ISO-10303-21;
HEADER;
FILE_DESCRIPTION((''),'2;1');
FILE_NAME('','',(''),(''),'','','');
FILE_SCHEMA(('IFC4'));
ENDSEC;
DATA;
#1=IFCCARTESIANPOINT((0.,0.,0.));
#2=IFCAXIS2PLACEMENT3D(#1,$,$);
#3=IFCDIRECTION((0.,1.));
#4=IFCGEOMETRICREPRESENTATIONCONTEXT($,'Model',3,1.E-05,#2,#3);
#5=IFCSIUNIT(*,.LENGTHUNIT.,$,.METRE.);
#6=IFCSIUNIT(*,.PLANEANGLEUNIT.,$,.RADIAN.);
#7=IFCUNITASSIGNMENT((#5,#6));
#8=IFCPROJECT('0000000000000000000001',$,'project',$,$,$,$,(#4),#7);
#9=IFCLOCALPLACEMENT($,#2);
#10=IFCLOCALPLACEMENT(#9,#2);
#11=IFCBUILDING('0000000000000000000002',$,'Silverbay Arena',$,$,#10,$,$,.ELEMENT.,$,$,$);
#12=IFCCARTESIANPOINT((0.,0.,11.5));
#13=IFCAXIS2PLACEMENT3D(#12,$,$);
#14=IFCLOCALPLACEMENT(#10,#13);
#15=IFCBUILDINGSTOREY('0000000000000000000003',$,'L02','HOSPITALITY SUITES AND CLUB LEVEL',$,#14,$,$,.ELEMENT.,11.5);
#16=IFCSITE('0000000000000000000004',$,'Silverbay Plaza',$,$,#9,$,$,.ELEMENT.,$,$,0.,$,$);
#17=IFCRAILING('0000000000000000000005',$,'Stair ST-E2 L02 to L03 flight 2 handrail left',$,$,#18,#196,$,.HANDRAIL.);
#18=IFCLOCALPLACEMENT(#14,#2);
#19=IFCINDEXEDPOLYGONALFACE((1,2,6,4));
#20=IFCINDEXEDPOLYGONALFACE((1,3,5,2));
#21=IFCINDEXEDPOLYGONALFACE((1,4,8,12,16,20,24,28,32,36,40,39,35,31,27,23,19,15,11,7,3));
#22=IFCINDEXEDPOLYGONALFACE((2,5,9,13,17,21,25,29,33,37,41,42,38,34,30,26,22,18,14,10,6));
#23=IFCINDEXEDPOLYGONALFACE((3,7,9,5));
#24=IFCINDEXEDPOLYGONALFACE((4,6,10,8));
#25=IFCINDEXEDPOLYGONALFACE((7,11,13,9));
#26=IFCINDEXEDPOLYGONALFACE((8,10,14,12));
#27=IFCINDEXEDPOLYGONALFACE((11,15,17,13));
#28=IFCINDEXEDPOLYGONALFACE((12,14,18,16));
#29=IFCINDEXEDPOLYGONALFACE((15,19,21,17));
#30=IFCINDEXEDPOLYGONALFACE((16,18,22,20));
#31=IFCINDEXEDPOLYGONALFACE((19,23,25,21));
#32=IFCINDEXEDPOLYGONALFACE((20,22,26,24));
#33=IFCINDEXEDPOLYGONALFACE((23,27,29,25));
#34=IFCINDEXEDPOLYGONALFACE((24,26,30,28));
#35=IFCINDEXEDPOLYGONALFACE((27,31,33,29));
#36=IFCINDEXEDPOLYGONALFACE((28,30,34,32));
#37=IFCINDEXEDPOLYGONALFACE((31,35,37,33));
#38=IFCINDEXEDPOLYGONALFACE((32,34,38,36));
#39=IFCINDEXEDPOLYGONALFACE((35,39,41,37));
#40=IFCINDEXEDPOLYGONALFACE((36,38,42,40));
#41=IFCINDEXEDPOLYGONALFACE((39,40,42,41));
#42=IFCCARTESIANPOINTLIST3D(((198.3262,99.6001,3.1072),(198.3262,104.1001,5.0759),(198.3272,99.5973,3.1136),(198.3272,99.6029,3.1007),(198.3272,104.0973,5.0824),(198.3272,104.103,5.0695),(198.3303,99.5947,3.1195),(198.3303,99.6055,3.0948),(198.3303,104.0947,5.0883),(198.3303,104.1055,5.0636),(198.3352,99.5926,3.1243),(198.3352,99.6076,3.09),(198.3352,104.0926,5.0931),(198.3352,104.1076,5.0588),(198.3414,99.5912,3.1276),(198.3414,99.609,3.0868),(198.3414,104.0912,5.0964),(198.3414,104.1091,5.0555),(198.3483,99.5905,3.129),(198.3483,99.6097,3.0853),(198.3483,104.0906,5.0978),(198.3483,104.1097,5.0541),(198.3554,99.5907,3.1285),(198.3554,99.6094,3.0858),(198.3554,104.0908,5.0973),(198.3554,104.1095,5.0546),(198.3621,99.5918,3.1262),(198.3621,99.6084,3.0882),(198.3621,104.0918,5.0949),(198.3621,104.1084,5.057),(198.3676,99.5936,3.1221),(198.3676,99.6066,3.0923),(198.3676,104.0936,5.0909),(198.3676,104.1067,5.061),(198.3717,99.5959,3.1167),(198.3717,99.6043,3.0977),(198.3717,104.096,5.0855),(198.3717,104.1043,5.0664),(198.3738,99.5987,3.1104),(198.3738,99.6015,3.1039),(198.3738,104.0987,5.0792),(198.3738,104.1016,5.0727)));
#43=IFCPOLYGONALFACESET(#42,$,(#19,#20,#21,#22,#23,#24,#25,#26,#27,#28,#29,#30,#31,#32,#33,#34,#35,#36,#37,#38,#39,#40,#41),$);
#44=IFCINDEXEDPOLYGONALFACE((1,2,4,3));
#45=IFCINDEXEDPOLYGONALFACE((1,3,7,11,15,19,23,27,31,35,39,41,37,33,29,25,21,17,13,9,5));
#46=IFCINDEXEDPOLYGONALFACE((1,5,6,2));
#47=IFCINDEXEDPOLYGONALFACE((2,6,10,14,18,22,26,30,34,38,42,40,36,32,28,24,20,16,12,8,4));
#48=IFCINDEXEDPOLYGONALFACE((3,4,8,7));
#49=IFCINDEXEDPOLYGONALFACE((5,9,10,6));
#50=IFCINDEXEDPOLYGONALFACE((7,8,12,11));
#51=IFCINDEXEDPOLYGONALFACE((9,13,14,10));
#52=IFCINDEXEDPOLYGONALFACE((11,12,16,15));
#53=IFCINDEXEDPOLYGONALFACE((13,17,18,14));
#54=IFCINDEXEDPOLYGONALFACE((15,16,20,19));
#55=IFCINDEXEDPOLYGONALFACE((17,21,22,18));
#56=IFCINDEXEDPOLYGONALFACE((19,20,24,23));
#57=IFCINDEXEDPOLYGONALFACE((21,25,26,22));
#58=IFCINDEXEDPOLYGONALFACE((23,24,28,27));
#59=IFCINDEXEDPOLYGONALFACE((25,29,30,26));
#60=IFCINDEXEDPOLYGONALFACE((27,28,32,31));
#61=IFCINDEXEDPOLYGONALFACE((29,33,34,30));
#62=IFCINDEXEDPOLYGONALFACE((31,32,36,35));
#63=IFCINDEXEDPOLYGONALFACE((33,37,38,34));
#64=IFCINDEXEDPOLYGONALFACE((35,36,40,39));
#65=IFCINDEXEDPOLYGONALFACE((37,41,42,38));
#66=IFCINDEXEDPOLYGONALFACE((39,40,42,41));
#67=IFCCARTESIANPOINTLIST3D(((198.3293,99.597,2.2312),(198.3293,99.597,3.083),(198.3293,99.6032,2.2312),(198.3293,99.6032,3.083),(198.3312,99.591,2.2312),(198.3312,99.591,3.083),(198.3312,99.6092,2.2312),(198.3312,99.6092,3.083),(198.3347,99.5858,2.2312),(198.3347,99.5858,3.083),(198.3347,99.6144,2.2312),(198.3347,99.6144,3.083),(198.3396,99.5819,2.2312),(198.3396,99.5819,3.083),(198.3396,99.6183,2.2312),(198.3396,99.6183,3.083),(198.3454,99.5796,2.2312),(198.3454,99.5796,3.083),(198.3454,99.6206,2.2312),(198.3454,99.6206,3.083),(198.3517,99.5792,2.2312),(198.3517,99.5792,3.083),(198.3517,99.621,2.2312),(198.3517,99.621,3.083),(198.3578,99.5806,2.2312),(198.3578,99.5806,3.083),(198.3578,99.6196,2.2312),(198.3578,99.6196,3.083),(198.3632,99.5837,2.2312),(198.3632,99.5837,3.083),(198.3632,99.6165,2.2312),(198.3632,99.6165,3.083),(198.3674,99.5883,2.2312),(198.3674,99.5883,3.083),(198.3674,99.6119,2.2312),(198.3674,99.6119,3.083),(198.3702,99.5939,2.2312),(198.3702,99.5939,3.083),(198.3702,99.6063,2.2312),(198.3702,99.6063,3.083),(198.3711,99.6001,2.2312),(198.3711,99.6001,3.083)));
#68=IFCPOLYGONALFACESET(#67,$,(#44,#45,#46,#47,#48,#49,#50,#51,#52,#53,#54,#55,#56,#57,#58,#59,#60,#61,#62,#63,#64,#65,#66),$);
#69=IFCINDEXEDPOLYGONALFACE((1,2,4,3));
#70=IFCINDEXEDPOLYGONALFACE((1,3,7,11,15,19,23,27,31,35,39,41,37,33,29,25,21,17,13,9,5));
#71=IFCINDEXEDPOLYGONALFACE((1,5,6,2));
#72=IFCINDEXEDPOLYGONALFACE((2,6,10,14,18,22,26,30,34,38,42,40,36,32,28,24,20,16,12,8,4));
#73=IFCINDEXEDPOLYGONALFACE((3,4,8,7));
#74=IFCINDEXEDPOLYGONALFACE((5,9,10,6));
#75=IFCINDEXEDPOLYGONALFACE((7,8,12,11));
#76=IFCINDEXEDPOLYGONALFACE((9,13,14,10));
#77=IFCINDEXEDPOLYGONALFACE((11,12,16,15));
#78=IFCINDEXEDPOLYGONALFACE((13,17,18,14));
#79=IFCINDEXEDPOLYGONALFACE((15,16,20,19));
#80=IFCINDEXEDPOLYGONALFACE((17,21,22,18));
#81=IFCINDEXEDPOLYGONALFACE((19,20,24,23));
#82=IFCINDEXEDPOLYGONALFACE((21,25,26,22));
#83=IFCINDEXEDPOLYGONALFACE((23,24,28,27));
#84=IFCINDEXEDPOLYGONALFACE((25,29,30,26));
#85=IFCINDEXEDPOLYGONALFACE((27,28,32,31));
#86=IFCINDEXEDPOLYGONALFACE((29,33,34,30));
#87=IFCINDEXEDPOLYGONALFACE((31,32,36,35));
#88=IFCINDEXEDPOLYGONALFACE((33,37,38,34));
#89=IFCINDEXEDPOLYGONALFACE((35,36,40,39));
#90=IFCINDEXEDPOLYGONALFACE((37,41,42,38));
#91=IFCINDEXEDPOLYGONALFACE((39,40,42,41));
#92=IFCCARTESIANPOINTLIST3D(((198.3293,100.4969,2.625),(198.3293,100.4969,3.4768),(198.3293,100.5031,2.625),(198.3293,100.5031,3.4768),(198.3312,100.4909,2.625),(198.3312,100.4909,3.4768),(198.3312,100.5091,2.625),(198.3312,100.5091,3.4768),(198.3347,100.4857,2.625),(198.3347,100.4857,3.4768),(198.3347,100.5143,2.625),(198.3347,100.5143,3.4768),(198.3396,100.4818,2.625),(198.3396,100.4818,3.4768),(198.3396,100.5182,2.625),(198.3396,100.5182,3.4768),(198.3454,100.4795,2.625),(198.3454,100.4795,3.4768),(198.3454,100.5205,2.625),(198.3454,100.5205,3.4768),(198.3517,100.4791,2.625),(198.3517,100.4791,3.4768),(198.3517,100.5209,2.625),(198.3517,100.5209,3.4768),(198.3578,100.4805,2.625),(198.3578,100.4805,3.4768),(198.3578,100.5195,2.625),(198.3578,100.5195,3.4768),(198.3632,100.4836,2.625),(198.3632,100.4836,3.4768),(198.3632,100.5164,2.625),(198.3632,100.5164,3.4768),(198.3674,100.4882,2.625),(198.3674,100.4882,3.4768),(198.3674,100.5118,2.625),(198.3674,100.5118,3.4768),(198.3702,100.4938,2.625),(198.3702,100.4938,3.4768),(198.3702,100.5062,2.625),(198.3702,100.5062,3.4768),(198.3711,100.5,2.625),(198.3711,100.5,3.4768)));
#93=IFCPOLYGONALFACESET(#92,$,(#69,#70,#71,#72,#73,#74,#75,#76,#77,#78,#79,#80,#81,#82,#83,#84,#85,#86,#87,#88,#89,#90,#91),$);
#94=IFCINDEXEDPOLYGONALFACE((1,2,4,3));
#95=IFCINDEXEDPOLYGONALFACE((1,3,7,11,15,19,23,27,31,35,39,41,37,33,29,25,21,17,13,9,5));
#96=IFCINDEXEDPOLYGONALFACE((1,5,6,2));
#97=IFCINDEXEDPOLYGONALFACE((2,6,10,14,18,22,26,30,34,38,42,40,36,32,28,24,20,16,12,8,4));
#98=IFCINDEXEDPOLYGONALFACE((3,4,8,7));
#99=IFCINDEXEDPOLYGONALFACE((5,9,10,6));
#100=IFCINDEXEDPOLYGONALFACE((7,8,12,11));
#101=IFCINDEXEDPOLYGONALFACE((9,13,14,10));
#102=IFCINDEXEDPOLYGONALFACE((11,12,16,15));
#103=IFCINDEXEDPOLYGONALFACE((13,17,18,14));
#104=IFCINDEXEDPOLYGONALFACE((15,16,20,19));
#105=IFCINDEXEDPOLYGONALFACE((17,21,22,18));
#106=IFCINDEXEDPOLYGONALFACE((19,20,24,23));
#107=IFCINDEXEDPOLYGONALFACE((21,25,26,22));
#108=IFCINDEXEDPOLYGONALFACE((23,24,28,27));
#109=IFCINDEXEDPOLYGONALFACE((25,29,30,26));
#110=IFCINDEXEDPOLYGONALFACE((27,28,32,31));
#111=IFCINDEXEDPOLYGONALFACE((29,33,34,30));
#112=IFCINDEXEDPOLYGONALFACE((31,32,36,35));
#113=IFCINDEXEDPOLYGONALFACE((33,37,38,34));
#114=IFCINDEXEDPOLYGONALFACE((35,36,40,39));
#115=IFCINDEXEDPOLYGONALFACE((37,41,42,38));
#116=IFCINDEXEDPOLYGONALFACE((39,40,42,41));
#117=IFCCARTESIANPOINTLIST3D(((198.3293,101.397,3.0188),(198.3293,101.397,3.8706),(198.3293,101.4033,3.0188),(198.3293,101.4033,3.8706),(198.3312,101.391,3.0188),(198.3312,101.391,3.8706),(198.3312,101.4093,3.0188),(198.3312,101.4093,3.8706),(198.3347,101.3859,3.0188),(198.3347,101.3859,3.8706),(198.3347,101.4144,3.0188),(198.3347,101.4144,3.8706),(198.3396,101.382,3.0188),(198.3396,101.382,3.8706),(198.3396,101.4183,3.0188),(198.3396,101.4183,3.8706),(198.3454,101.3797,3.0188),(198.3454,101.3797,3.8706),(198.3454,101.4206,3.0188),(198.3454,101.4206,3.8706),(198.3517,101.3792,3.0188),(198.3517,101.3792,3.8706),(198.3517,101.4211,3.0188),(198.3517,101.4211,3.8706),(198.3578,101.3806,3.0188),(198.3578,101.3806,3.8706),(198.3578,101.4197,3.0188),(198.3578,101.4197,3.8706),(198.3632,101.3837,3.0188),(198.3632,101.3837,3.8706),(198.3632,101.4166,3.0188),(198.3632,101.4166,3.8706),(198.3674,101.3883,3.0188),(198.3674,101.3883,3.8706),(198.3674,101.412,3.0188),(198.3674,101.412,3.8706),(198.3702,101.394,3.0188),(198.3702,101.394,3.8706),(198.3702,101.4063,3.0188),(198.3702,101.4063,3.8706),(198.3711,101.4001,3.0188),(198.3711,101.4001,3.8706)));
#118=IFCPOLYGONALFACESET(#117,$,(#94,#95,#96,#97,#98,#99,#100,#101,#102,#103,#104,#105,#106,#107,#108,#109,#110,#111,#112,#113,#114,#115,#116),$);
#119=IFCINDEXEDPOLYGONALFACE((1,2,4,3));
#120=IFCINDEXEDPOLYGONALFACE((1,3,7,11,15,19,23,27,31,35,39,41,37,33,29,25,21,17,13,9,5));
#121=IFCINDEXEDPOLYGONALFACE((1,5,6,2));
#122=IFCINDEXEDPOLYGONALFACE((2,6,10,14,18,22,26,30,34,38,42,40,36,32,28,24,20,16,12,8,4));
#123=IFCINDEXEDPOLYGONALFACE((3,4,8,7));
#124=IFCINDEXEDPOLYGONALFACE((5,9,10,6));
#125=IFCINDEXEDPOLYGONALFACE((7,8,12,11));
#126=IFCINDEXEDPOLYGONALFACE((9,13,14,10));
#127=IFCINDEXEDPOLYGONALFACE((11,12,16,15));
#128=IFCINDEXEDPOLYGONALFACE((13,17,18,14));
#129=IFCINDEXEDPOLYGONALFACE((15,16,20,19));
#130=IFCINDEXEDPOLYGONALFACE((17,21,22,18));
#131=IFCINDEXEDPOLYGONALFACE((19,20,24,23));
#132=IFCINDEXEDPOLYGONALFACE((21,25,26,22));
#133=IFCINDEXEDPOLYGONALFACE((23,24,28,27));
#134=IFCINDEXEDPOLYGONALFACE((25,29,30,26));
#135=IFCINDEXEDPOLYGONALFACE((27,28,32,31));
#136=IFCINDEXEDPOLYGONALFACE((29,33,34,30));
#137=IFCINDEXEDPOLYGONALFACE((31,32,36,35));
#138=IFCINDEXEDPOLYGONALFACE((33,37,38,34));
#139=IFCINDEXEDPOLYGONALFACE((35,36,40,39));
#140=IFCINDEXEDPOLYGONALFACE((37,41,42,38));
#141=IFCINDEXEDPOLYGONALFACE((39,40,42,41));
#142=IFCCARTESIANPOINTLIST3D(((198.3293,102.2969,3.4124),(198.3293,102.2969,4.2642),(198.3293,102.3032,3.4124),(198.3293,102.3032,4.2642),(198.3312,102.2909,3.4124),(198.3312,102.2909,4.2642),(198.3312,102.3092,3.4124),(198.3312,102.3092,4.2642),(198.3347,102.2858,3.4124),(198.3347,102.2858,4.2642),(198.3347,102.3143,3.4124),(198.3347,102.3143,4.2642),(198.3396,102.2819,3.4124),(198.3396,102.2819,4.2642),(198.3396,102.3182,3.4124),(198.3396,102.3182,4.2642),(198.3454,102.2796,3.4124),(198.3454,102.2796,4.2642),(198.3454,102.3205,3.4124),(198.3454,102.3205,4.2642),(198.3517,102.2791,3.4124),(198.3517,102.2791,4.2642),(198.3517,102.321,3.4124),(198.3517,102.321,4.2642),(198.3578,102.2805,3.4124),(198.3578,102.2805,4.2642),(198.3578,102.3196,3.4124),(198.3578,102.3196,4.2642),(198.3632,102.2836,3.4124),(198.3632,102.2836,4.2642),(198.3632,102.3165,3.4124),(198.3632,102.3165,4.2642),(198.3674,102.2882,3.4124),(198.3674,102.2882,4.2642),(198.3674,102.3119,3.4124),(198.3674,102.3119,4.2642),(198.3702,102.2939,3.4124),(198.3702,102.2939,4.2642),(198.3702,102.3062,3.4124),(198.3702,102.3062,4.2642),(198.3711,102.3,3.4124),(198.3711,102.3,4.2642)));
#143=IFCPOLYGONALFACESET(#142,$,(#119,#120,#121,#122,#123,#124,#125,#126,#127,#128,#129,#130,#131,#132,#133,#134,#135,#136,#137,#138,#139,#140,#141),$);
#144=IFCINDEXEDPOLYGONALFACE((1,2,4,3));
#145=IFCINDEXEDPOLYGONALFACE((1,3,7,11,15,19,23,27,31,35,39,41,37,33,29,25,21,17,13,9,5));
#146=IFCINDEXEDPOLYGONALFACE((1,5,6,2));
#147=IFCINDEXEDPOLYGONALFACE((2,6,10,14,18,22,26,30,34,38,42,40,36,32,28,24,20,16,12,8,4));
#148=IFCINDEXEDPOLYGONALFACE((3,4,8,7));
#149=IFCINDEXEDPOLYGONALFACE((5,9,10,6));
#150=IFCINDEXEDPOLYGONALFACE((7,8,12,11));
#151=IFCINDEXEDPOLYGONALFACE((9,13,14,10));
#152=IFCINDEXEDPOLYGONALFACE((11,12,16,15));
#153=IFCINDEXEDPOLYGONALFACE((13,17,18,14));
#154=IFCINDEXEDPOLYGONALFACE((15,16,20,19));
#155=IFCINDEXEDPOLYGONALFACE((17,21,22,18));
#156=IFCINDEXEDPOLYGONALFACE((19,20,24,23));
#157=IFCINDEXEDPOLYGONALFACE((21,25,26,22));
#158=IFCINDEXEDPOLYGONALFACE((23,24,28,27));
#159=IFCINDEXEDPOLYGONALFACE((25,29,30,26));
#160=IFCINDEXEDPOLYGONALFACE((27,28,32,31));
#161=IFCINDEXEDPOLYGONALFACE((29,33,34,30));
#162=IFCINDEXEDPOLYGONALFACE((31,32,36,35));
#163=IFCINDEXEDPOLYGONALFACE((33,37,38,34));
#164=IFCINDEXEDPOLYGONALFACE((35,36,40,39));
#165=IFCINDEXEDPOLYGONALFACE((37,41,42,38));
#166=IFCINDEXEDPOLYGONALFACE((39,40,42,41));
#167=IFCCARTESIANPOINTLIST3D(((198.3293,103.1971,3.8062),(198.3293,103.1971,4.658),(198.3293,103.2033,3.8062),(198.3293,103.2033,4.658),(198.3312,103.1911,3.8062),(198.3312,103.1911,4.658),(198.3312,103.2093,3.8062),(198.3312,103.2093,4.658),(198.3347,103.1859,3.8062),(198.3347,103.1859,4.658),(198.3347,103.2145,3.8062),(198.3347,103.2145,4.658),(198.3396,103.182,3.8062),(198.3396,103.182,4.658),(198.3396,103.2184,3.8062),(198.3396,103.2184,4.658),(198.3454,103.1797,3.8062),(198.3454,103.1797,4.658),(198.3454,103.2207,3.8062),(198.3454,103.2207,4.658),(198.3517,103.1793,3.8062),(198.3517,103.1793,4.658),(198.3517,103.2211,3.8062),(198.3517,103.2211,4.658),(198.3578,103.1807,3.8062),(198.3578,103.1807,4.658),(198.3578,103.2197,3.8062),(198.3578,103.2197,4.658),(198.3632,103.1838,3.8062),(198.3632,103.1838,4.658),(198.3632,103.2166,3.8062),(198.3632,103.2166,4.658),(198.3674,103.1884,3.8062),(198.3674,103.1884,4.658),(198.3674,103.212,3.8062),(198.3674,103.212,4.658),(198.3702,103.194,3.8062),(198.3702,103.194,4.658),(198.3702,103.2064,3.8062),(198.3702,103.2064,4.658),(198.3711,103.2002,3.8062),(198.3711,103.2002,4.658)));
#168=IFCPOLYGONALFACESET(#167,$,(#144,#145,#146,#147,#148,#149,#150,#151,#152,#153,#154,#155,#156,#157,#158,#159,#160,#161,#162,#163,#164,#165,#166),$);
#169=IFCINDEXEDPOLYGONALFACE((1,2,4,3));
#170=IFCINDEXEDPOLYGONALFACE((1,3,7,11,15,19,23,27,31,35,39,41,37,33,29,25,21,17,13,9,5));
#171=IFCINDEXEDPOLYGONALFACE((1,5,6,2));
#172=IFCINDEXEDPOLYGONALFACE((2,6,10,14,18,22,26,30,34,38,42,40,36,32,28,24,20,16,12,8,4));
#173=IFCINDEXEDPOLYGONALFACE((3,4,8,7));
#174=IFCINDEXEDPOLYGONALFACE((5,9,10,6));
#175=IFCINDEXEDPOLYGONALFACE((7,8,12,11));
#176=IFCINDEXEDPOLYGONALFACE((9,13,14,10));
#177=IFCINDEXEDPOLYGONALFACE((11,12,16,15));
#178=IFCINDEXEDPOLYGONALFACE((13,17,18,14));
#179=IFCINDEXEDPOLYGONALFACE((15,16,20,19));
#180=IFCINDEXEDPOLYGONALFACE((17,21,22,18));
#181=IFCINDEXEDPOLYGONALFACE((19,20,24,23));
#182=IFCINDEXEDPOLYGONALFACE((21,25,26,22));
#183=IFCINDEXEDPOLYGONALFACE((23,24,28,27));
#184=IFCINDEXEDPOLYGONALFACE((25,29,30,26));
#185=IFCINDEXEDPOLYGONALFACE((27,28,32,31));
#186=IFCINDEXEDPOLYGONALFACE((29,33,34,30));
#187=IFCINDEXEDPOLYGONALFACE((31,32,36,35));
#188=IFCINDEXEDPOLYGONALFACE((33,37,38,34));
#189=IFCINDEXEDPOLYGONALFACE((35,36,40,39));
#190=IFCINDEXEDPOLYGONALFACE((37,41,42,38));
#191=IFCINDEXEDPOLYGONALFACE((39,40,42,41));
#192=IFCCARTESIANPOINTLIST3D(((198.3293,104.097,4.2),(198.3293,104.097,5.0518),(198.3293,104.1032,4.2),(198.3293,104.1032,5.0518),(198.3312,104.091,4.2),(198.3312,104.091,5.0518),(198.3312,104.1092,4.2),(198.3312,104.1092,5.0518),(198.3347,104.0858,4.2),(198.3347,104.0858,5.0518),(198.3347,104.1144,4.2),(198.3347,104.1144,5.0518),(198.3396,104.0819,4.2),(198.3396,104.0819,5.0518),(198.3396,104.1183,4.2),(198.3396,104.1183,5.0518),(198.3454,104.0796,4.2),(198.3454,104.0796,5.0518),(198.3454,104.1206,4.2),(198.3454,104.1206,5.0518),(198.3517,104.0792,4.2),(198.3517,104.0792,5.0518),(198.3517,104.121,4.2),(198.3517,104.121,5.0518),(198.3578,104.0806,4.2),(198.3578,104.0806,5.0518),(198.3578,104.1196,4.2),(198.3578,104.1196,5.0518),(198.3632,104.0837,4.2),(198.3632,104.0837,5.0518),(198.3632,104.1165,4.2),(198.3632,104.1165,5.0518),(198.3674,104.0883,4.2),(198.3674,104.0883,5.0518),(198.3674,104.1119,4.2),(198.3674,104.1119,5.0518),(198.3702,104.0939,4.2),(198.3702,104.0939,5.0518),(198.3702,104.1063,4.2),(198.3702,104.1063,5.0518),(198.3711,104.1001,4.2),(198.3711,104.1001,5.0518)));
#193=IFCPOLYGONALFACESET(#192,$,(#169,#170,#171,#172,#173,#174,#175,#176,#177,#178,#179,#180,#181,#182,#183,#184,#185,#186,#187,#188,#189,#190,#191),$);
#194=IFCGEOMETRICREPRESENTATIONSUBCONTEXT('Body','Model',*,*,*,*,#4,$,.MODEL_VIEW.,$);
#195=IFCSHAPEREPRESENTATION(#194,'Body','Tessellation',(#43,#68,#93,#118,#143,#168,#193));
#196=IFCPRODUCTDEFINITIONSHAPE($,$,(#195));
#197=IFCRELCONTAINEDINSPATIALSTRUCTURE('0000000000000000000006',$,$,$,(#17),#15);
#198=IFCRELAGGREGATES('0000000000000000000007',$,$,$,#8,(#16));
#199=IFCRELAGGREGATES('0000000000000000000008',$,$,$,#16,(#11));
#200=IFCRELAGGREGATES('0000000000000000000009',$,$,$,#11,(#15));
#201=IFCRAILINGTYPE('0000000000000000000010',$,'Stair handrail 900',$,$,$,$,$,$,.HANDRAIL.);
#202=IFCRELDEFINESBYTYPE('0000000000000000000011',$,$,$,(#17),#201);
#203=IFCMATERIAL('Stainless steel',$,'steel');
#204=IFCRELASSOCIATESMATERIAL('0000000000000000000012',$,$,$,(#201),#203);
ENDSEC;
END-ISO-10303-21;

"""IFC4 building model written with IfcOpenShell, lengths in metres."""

from ifc_helpers import new_model, si_unit, direction, frame, origin, origin_2d, place, context, subcontext, project, spatial, circle, extrude, material, type_object, element, save


model = new_model("IFC4")

# Units and contexts
model_context = context("Model", 3, precision=1e-05, world=origin(), true_north=direction((0.0, 1.0)))
body_context = subcontext(model_context, "Body", "Model", "MODEL_VIEW")
ifc_project = project(units=[si_unit("LENGTHUNIT", "METRE"), si_unit("PLANEANGLEUNIT", "RADIAN")], contexts=[model_context])

# Site, building, storey
site_placement = place(None, origin())
site = spatial("IfcSite", under=ifc_project, at=site_placement, Name="Silverbay Plaza", CompositionType="ELEMENT", RefElevation=0.0)
building_placement = place(site_placement, origin())
building = spatial("IfcBuilding", under=site, at=building_placement, Name="Silverbay Arena", CompositionType="ELEMENT")
storey_placement = place(building_placement, frame((0.0, 0.0, 11.5)))
storey = spatial("IfcBuildingStorey", under=building, at=storey_placement, Name="L02", Description="HOSPITALITY SUITES AND CLUB LEVEL", CompositionType="ELEMENT", Elevation=11.5)

# Railing
ifc_material_1 = material(Name="Stainless steel", Category="steel")
railing_type_1 = type_object("IfcRailingType", Name="Stair handrail 900", PredefinedType="HANDRAIL", material=ifc_material_1)
for number, where, name in (
    (1, (198.3501, 99.6001, 2.2312), "Stair ST-E2 L02 to L03 flight 2 handrail left"),
):
    element("IfcRailing", number, at=place(storey_placement, frame(where)), inside=storey, type_object=railing_type_1, Name=name, PredefinedType="HANDRAIL", context=body_context, shape_type="SweptSolid", body=[
        extrude(circle(Radius=0.0239, at=origin_2d()), frame((0.0, 0.0, 0.876), z_axis=(0.0, 0.916157, 0.400819), x_axis=(-1.0, 0.0, 0.0)), (0.0, 0.0, 1.0), 4.9119),
        extrude(circle(Radius=0.021, at=origin_2d()), origin(), (0.0, 0.0, 1.0), 0.8518),
        extrude(circle(Radius=0.021, at=origin_2d()), frame((0.0, 0.8999, 0.3938)), (0.0, 0.0, 1.0), 0.8518),
        extrude(circle(Radius=0.021, at=origin_2d()), frame((0.0, 1.8, 0.7876)), (0.0, 0.0, 1.0), 0.8518),
        extrude(circle(Radius=0.021, at=origin_2d()), frame((0.0, 2.7, 1.1812)), (0.0, 0.0, 1.0), 0.8518),
        extrude(circle(Radius=0.021, at=origin_2d()), frame((0.0, 3.6001, 1.575)), (0.0, 0.0, 1.0), 0.8518),
        extrude(circle(Radius=0.021, at=origin_2d()), frame((0.0, 4.5, 1.9688)), (0.0, 0.0, 1.0), 0.8518),
    ])

save(model, "model.ifc")
